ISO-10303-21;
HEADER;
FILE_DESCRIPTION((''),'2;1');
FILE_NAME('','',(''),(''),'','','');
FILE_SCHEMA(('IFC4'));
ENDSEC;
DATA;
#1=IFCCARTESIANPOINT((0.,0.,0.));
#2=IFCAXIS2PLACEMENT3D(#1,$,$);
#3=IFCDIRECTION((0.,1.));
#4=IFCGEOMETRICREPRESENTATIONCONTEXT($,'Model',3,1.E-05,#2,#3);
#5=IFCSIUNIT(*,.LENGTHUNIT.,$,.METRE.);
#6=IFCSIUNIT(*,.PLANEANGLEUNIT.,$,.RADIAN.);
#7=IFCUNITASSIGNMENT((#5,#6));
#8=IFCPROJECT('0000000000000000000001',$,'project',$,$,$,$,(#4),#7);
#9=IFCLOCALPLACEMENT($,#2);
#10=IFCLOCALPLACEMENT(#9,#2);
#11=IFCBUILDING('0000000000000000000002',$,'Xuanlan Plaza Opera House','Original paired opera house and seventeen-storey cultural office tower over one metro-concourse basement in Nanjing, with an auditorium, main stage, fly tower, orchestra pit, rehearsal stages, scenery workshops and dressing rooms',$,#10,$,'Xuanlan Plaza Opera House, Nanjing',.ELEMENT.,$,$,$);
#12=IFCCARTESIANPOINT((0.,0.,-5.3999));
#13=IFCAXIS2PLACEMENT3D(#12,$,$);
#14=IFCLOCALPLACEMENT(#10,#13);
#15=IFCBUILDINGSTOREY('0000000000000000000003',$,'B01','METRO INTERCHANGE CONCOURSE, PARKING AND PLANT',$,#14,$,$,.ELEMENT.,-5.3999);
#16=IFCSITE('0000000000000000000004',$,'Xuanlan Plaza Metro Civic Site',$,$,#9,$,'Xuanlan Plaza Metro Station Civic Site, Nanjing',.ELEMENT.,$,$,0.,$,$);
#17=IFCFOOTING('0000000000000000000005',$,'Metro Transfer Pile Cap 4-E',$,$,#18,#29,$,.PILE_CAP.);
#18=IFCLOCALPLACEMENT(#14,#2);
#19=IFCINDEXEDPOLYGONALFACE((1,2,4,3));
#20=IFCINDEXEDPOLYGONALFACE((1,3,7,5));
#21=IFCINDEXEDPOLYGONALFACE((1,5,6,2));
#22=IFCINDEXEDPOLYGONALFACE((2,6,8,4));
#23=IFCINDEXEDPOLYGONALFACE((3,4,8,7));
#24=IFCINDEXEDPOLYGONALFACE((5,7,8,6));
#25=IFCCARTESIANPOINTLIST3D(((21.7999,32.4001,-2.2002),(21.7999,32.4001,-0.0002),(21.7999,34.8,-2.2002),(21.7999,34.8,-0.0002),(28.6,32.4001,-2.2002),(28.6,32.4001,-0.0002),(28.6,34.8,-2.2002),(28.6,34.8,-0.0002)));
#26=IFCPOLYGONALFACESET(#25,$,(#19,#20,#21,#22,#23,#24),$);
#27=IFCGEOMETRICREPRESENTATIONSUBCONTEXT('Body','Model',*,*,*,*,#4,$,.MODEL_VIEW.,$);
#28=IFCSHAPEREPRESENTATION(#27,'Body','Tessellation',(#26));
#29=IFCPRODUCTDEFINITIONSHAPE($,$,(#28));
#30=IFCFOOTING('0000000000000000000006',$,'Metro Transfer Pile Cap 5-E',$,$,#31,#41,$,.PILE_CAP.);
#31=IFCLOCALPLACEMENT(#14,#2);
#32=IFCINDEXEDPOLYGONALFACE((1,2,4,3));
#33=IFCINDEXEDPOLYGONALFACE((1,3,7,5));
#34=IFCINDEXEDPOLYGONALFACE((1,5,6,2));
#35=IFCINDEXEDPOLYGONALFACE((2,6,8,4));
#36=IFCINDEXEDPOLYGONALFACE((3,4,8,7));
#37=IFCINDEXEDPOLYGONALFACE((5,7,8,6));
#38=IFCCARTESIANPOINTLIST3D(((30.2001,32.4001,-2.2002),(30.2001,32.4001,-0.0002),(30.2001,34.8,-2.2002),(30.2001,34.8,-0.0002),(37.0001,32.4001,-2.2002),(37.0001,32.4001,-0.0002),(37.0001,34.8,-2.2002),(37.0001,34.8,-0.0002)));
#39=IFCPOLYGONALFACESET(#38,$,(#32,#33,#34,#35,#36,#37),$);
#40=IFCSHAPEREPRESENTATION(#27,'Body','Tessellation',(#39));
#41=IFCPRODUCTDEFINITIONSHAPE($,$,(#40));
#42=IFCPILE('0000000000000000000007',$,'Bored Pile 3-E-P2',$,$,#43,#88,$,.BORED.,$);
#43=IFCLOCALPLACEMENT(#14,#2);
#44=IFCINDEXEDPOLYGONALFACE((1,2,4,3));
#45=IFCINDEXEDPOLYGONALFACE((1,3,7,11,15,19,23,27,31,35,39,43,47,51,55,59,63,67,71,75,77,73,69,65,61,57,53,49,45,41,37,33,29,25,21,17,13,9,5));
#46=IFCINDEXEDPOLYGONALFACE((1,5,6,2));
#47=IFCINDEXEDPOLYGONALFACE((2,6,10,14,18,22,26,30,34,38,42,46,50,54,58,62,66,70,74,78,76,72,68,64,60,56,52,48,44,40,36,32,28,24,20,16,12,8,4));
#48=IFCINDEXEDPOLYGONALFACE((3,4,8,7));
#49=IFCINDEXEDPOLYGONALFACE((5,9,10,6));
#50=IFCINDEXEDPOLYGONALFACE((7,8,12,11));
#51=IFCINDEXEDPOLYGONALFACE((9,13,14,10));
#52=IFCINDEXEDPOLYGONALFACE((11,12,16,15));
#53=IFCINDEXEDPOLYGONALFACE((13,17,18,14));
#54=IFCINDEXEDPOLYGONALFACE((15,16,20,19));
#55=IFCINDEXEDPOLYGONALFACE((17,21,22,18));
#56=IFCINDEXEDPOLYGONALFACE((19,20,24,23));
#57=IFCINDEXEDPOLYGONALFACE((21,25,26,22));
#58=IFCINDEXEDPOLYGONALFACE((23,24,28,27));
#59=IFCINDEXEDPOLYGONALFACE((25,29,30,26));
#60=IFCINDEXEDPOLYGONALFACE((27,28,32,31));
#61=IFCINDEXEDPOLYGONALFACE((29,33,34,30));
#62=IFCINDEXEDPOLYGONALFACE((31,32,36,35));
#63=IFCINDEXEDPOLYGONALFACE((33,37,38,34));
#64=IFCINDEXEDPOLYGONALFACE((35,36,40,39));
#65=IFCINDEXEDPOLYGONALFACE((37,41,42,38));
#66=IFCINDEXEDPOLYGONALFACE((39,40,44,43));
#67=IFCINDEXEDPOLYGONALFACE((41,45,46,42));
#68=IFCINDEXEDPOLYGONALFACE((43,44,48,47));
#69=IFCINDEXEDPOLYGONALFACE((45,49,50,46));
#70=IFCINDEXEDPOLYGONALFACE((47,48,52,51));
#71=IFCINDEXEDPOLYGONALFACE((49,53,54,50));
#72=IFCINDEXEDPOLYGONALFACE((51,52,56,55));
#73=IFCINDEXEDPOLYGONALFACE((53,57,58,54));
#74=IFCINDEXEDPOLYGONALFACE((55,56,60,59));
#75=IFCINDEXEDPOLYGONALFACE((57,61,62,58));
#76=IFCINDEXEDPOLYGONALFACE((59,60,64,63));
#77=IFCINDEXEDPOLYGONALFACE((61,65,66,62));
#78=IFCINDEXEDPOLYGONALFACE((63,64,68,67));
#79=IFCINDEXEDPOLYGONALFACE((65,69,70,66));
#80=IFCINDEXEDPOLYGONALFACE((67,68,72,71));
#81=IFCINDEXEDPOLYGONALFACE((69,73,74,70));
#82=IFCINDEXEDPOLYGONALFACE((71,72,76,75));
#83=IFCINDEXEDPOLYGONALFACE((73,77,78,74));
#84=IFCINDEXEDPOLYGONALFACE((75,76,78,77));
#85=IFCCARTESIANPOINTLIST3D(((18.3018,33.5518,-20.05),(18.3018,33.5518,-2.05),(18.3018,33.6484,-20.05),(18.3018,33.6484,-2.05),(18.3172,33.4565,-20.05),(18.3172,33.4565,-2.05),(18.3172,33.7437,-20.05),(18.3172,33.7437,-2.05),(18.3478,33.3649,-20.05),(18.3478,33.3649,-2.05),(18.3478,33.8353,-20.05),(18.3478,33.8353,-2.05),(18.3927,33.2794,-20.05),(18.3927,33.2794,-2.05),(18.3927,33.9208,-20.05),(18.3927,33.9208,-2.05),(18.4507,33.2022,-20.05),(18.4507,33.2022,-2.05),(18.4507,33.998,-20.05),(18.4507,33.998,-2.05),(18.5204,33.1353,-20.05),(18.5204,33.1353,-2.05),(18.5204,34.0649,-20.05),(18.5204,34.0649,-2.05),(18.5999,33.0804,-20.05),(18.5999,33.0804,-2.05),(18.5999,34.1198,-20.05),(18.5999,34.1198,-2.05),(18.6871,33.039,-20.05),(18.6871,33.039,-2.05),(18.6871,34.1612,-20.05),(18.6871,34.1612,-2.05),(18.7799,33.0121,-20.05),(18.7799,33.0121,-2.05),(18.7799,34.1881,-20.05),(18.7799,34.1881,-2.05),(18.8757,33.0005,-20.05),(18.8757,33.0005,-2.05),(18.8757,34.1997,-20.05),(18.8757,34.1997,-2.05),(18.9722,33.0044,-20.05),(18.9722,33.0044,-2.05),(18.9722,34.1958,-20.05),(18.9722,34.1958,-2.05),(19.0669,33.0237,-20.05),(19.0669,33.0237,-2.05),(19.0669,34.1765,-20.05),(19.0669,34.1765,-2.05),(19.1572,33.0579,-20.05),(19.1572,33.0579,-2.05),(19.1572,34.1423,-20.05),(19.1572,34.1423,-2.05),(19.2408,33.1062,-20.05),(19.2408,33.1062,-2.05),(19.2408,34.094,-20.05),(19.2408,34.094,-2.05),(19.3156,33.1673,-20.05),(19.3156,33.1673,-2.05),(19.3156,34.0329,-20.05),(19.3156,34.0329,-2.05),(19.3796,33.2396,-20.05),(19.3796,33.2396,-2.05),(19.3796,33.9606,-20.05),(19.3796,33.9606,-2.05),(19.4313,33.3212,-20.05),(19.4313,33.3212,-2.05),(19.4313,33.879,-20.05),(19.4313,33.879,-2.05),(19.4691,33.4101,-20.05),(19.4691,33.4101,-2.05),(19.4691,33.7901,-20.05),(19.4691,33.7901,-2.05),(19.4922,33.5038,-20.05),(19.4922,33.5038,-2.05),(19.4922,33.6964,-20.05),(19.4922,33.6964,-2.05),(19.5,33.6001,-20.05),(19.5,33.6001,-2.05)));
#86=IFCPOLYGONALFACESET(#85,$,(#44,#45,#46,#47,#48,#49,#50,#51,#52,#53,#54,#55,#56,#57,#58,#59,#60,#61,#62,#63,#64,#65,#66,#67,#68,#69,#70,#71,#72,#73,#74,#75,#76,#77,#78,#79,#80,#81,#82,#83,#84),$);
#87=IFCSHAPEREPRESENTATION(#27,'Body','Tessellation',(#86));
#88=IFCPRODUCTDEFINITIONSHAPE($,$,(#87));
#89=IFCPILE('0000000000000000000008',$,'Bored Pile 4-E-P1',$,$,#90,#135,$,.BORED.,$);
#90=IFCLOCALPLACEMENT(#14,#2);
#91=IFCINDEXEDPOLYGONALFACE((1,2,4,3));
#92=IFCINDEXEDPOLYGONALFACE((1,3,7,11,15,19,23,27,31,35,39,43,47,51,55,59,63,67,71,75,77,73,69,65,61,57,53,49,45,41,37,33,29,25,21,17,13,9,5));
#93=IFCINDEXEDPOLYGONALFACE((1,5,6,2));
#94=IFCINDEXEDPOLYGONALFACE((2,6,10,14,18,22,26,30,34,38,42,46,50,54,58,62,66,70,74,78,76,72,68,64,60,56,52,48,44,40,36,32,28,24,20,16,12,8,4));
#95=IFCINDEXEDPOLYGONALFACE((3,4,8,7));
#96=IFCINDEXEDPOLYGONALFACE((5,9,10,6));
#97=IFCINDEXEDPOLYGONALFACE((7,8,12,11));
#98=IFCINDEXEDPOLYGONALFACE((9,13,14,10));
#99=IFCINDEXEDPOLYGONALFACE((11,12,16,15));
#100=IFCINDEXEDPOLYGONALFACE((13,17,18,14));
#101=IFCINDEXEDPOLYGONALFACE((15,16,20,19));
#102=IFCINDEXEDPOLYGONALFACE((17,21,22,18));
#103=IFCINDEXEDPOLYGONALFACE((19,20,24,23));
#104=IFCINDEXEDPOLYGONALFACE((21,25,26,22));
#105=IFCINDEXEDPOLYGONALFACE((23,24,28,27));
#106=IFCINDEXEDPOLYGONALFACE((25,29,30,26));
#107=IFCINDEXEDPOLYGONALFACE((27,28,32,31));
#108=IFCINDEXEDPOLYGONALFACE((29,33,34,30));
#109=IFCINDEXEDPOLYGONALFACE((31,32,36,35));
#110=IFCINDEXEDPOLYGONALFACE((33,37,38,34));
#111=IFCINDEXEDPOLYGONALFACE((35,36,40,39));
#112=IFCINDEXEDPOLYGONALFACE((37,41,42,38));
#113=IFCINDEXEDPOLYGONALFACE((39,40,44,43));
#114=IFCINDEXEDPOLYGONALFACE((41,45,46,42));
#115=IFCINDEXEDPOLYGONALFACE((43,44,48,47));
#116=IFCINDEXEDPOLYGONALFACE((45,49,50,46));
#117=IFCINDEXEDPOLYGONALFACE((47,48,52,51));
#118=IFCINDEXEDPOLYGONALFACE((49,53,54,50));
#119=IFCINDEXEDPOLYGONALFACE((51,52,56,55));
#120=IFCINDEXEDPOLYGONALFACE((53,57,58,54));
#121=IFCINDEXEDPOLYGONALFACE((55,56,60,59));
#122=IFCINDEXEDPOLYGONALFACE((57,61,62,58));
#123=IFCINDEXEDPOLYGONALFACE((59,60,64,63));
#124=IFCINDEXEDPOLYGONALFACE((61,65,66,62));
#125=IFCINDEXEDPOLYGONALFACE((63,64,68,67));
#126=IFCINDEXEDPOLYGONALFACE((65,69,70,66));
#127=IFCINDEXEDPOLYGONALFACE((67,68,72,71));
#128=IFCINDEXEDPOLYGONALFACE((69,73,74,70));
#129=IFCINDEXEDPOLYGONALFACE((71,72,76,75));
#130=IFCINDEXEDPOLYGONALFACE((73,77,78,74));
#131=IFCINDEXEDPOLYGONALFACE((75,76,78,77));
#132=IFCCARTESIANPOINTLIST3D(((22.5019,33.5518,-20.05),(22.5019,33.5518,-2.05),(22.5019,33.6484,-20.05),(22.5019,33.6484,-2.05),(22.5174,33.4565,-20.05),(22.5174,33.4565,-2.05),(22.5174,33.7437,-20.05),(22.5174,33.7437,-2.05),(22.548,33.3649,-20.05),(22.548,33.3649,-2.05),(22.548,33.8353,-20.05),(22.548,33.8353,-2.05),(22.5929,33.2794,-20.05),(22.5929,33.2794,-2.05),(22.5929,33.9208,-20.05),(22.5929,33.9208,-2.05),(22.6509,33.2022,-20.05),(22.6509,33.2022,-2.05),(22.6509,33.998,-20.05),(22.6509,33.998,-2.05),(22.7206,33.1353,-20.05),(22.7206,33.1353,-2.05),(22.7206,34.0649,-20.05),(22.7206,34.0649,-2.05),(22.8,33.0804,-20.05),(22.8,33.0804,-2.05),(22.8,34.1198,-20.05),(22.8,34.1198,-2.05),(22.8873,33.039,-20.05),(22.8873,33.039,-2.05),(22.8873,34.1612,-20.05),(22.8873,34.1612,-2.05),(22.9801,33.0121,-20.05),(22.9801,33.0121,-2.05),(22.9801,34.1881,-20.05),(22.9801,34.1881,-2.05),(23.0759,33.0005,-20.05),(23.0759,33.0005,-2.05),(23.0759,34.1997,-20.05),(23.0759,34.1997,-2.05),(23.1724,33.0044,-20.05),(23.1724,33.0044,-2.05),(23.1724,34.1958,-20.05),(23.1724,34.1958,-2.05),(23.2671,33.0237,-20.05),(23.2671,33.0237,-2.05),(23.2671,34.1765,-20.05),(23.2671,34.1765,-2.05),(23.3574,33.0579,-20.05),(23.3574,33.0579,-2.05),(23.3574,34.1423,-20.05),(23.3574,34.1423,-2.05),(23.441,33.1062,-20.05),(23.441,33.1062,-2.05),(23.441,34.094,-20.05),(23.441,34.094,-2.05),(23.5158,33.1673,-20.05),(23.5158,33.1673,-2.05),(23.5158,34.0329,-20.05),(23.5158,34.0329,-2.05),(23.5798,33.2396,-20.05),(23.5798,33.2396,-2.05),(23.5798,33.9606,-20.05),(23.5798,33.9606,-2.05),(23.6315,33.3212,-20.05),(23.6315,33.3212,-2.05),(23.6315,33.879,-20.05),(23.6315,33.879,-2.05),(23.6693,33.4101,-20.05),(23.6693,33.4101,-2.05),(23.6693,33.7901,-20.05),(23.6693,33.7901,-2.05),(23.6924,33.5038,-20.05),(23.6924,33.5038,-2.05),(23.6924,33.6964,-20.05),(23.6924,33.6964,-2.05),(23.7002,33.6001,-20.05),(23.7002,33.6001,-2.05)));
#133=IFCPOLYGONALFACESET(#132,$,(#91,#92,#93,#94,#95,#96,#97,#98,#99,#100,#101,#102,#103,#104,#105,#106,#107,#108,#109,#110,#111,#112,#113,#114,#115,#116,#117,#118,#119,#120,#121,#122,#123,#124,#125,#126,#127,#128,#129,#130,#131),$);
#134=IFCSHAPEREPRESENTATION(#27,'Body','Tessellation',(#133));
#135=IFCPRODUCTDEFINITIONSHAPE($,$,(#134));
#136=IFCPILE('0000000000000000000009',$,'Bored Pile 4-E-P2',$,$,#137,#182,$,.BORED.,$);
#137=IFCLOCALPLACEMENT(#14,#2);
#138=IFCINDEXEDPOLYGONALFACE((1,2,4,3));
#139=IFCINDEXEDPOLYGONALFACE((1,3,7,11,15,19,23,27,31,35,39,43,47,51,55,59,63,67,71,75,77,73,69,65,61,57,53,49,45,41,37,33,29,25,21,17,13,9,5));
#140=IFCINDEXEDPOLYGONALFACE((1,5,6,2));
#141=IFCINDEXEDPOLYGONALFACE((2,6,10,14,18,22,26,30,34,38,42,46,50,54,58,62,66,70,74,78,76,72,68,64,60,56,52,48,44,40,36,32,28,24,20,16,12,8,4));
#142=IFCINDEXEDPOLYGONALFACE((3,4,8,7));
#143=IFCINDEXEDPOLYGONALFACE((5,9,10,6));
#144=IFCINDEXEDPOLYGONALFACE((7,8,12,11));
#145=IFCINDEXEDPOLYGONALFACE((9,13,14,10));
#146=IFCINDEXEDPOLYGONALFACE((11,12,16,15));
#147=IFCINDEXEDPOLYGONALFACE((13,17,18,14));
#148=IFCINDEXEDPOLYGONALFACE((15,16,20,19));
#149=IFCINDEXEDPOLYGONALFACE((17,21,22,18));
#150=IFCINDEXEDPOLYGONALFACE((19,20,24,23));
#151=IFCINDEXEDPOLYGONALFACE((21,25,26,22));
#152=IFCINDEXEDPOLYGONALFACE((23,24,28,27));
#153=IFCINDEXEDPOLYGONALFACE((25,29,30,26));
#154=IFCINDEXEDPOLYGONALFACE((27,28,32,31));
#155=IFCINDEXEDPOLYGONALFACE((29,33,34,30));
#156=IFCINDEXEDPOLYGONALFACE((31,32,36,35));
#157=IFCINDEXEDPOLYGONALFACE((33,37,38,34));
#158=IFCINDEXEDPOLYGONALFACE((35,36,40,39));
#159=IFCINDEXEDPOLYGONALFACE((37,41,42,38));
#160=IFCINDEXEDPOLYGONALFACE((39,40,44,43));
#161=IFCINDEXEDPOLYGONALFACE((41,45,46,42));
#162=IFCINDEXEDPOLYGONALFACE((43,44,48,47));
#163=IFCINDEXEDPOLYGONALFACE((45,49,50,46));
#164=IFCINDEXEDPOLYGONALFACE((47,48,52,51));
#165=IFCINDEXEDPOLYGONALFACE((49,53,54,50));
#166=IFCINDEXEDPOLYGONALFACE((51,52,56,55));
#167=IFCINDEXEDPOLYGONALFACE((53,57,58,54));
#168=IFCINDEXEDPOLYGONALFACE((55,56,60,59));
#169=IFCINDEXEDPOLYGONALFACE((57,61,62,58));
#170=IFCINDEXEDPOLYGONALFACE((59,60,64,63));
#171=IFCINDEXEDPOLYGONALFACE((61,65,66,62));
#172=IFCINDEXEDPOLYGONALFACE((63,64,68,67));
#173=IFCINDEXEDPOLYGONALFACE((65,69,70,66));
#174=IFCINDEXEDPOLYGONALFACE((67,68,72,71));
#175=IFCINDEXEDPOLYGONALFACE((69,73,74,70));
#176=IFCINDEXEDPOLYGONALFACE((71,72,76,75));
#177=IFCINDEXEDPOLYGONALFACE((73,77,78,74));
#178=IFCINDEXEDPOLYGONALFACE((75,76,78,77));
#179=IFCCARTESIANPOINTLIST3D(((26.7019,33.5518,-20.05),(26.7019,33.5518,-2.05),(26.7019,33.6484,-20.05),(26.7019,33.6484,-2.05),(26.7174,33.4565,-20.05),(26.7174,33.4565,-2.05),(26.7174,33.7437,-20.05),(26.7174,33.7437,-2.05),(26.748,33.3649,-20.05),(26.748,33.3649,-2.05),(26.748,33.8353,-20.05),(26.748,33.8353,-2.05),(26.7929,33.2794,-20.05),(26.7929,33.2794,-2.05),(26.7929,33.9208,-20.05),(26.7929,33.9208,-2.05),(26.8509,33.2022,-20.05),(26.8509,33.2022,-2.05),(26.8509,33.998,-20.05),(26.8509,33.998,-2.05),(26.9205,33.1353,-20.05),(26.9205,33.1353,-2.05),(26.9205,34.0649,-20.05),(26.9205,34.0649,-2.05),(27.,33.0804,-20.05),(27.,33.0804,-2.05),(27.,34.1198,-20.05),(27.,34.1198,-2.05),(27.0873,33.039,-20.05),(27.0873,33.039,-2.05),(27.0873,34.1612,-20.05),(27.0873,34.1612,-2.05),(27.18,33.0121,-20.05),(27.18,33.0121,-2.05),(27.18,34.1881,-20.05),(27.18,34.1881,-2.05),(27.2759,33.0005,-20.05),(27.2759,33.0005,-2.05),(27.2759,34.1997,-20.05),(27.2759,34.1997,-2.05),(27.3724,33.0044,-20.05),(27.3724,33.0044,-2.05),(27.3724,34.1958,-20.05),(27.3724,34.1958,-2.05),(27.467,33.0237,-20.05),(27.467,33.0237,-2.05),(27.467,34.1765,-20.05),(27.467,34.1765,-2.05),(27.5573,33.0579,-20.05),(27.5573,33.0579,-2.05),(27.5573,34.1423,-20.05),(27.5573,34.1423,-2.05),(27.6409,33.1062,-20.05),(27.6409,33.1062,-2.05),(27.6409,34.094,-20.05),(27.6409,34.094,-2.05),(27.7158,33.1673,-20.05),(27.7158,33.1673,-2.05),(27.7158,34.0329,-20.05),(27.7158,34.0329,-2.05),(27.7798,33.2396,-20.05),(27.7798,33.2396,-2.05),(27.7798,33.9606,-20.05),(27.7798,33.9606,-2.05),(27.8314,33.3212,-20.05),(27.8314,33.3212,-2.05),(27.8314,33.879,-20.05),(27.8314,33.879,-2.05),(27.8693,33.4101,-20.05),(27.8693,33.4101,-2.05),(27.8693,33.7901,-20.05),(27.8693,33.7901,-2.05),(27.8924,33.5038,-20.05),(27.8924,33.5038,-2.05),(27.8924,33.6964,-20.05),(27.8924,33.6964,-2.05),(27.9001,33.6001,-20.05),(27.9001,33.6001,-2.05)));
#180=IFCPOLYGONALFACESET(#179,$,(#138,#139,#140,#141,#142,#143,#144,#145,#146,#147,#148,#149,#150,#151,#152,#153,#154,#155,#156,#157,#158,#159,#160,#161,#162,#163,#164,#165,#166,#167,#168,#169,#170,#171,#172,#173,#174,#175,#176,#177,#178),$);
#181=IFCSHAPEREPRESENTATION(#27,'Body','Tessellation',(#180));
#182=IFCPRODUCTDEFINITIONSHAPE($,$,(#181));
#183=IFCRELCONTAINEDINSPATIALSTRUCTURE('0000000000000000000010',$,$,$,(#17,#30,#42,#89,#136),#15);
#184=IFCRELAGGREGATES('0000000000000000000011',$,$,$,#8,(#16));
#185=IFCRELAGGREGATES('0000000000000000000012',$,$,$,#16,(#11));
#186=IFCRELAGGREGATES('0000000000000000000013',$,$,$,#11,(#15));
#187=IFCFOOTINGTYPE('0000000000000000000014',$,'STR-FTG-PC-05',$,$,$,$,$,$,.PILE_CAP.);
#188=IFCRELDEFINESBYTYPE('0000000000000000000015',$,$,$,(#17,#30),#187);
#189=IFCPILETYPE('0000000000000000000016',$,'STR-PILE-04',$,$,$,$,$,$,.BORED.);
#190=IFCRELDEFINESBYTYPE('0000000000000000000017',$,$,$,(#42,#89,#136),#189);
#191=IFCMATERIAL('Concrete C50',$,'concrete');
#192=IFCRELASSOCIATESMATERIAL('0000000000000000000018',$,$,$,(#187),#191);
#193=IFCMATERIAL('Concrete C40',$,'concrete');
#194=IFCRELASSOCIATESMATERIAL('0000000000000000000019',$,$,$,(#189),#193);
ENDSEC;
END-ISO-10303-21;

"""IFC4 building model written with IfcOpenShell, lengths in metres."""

from ifc_helpers import new_model, si_unit, direction, frame, origin, origin_2d, place, context, subcontext, project, spatial, rectangle, circle, extrude, material, material_profile, profile_set, type_object, element, save


model = new_model("IFC4")

# Units and contexts
model_context = context("Model", 3, precision=1e-05, world=origin(), true_north=direction((0.0, 1.0)))
body_context = subcontext(model_context, "Body", "Model", "MODEL_VIEW")
ifc_project = project(units=[si_unit("LENGTHUNIT", "METRE"), si_unit("PLANEANGLEUNIT", "RADIAN")], contexts=[model_context])

# Site, building, storey
site_placement = place(None, origin())
site = spatial("IfcSite", under=ifc_project, at=site_placement, Name="Xuanlan Plaza Metro Civic Site", LongName="Xuanlan Plaza Metro Station Civic Site, Nanjing", CompositionType="ELEMENT", RefElevation=0.0)
building_placement = place(site_placement, origin())
building = spatial("IfcBuilding", under=site, at=building_placement, Name="Xuanlan Plaza Opera House", Description="Original paired opera house and seventeen-storey cultural office tower over one metro-concourse basement in Nanjing, with an auditorium, main stage, fly tower, orchestra pit, rehearsal stages, scenery workshops and dressing rooms", LongName="Xuanlan Plaza Opera House, Nanjing", CompositionType="ELEMENT")
storey_placement = place(building_placement, frame((0.0, 0.0, -5.3999)))
storey = spatial("IfcBuildingStorey", under=building, at=storey_placement, Name="B01", Description="METRO INTERCHANGE CONCOURSE, PARKING AND PLANT", CompositionType="ELEMENT", Elevation=-5.3999)

# Footings
ifc_material_1 = material(Name="Concrete C50", Category="concrete")
footing_type = type_object("IfcFootingType", Name="STR-FTG-PC-05", PredefinedType="PILE_CAP", material=ifc_material_1)
for number, where, z_axis, x_axis, name in (
    (1, (25.2, 33.6001, -2.2002), (0.0, 0.0, 1.0), (1.0, 0.0, 0.0), "Metro Transfer Pile Cap 4-E"),
    (2, (33.6001, 33.6001, -2.2002), (0.0, 0.0, 1.0), (1.0, 0.0, 0.0), "Metro Transfer Pile Cap 5-E"),
):
    element("IfcFooting", number, at=place(storey_placement, frame(where, z_axis=z_axis, x_axis=x_axis)), inside=storey, type_object=footing_type, Name=name, PredefinedType="PILE_CAP", context=body_context, shape_type="SweptSolid", body=[
        extrude(rectangle(XDim=6.8, YDim=2.3999, at=origin_2d()), origin(), (0.0, 0.0, 1.0), 2.2),
    ])

# Piles
ifc_material_2 = material(Name="Concrete C40", Category="concrete")
ifc_material_profile_1 = material_profile(ifc_material_2, circle(Radius=0.6001, at=origin_2d()), Name="PILE D1200")
ifc_profile_set_1 = profile_set([ifc_material_profile_1], Name="Concrete C40")
pile_type = type_object("IfcPileType", Name="STR-PILE-04", PredefinedType="BORED", material=ifc_profile_set_1)
for number, where, z_axis, x_axis, name in (
    (3, (18.8999, 33.6001, -2.05), (0.0, 0.0, -1.0), (1.0, 0.0, 0.0), "Bored Pile 3-E-P2"),
    (4, (23.1001, 33.6001, -2.05), (0.0, 0.0, -1.0), (1.0, 0.0, 0.0), "Bored Pile 4-E-P1"),
    (5, (27.3, 33.6001, -2.05), (0.0, 0.0, -1.0), (1.0, 0.0, 0.0), "Bored Pile 4-E-P2"),
):
    element("IfcPile", number, at=place(storey_placement, frame(where, z_axis=z_axis, x_axis=x_axis)), inside=storey, type_object=pile_type, Name=name, PredefinedType="BORED", context=body_context, shape_type="SweptSolid", body=[
        extrude(circle(Radius=0.6001, at=origin_2d()), origin(), (0.0, 0.0, 1.0), 18.0),
    ])

save(model, "model.ifc")
